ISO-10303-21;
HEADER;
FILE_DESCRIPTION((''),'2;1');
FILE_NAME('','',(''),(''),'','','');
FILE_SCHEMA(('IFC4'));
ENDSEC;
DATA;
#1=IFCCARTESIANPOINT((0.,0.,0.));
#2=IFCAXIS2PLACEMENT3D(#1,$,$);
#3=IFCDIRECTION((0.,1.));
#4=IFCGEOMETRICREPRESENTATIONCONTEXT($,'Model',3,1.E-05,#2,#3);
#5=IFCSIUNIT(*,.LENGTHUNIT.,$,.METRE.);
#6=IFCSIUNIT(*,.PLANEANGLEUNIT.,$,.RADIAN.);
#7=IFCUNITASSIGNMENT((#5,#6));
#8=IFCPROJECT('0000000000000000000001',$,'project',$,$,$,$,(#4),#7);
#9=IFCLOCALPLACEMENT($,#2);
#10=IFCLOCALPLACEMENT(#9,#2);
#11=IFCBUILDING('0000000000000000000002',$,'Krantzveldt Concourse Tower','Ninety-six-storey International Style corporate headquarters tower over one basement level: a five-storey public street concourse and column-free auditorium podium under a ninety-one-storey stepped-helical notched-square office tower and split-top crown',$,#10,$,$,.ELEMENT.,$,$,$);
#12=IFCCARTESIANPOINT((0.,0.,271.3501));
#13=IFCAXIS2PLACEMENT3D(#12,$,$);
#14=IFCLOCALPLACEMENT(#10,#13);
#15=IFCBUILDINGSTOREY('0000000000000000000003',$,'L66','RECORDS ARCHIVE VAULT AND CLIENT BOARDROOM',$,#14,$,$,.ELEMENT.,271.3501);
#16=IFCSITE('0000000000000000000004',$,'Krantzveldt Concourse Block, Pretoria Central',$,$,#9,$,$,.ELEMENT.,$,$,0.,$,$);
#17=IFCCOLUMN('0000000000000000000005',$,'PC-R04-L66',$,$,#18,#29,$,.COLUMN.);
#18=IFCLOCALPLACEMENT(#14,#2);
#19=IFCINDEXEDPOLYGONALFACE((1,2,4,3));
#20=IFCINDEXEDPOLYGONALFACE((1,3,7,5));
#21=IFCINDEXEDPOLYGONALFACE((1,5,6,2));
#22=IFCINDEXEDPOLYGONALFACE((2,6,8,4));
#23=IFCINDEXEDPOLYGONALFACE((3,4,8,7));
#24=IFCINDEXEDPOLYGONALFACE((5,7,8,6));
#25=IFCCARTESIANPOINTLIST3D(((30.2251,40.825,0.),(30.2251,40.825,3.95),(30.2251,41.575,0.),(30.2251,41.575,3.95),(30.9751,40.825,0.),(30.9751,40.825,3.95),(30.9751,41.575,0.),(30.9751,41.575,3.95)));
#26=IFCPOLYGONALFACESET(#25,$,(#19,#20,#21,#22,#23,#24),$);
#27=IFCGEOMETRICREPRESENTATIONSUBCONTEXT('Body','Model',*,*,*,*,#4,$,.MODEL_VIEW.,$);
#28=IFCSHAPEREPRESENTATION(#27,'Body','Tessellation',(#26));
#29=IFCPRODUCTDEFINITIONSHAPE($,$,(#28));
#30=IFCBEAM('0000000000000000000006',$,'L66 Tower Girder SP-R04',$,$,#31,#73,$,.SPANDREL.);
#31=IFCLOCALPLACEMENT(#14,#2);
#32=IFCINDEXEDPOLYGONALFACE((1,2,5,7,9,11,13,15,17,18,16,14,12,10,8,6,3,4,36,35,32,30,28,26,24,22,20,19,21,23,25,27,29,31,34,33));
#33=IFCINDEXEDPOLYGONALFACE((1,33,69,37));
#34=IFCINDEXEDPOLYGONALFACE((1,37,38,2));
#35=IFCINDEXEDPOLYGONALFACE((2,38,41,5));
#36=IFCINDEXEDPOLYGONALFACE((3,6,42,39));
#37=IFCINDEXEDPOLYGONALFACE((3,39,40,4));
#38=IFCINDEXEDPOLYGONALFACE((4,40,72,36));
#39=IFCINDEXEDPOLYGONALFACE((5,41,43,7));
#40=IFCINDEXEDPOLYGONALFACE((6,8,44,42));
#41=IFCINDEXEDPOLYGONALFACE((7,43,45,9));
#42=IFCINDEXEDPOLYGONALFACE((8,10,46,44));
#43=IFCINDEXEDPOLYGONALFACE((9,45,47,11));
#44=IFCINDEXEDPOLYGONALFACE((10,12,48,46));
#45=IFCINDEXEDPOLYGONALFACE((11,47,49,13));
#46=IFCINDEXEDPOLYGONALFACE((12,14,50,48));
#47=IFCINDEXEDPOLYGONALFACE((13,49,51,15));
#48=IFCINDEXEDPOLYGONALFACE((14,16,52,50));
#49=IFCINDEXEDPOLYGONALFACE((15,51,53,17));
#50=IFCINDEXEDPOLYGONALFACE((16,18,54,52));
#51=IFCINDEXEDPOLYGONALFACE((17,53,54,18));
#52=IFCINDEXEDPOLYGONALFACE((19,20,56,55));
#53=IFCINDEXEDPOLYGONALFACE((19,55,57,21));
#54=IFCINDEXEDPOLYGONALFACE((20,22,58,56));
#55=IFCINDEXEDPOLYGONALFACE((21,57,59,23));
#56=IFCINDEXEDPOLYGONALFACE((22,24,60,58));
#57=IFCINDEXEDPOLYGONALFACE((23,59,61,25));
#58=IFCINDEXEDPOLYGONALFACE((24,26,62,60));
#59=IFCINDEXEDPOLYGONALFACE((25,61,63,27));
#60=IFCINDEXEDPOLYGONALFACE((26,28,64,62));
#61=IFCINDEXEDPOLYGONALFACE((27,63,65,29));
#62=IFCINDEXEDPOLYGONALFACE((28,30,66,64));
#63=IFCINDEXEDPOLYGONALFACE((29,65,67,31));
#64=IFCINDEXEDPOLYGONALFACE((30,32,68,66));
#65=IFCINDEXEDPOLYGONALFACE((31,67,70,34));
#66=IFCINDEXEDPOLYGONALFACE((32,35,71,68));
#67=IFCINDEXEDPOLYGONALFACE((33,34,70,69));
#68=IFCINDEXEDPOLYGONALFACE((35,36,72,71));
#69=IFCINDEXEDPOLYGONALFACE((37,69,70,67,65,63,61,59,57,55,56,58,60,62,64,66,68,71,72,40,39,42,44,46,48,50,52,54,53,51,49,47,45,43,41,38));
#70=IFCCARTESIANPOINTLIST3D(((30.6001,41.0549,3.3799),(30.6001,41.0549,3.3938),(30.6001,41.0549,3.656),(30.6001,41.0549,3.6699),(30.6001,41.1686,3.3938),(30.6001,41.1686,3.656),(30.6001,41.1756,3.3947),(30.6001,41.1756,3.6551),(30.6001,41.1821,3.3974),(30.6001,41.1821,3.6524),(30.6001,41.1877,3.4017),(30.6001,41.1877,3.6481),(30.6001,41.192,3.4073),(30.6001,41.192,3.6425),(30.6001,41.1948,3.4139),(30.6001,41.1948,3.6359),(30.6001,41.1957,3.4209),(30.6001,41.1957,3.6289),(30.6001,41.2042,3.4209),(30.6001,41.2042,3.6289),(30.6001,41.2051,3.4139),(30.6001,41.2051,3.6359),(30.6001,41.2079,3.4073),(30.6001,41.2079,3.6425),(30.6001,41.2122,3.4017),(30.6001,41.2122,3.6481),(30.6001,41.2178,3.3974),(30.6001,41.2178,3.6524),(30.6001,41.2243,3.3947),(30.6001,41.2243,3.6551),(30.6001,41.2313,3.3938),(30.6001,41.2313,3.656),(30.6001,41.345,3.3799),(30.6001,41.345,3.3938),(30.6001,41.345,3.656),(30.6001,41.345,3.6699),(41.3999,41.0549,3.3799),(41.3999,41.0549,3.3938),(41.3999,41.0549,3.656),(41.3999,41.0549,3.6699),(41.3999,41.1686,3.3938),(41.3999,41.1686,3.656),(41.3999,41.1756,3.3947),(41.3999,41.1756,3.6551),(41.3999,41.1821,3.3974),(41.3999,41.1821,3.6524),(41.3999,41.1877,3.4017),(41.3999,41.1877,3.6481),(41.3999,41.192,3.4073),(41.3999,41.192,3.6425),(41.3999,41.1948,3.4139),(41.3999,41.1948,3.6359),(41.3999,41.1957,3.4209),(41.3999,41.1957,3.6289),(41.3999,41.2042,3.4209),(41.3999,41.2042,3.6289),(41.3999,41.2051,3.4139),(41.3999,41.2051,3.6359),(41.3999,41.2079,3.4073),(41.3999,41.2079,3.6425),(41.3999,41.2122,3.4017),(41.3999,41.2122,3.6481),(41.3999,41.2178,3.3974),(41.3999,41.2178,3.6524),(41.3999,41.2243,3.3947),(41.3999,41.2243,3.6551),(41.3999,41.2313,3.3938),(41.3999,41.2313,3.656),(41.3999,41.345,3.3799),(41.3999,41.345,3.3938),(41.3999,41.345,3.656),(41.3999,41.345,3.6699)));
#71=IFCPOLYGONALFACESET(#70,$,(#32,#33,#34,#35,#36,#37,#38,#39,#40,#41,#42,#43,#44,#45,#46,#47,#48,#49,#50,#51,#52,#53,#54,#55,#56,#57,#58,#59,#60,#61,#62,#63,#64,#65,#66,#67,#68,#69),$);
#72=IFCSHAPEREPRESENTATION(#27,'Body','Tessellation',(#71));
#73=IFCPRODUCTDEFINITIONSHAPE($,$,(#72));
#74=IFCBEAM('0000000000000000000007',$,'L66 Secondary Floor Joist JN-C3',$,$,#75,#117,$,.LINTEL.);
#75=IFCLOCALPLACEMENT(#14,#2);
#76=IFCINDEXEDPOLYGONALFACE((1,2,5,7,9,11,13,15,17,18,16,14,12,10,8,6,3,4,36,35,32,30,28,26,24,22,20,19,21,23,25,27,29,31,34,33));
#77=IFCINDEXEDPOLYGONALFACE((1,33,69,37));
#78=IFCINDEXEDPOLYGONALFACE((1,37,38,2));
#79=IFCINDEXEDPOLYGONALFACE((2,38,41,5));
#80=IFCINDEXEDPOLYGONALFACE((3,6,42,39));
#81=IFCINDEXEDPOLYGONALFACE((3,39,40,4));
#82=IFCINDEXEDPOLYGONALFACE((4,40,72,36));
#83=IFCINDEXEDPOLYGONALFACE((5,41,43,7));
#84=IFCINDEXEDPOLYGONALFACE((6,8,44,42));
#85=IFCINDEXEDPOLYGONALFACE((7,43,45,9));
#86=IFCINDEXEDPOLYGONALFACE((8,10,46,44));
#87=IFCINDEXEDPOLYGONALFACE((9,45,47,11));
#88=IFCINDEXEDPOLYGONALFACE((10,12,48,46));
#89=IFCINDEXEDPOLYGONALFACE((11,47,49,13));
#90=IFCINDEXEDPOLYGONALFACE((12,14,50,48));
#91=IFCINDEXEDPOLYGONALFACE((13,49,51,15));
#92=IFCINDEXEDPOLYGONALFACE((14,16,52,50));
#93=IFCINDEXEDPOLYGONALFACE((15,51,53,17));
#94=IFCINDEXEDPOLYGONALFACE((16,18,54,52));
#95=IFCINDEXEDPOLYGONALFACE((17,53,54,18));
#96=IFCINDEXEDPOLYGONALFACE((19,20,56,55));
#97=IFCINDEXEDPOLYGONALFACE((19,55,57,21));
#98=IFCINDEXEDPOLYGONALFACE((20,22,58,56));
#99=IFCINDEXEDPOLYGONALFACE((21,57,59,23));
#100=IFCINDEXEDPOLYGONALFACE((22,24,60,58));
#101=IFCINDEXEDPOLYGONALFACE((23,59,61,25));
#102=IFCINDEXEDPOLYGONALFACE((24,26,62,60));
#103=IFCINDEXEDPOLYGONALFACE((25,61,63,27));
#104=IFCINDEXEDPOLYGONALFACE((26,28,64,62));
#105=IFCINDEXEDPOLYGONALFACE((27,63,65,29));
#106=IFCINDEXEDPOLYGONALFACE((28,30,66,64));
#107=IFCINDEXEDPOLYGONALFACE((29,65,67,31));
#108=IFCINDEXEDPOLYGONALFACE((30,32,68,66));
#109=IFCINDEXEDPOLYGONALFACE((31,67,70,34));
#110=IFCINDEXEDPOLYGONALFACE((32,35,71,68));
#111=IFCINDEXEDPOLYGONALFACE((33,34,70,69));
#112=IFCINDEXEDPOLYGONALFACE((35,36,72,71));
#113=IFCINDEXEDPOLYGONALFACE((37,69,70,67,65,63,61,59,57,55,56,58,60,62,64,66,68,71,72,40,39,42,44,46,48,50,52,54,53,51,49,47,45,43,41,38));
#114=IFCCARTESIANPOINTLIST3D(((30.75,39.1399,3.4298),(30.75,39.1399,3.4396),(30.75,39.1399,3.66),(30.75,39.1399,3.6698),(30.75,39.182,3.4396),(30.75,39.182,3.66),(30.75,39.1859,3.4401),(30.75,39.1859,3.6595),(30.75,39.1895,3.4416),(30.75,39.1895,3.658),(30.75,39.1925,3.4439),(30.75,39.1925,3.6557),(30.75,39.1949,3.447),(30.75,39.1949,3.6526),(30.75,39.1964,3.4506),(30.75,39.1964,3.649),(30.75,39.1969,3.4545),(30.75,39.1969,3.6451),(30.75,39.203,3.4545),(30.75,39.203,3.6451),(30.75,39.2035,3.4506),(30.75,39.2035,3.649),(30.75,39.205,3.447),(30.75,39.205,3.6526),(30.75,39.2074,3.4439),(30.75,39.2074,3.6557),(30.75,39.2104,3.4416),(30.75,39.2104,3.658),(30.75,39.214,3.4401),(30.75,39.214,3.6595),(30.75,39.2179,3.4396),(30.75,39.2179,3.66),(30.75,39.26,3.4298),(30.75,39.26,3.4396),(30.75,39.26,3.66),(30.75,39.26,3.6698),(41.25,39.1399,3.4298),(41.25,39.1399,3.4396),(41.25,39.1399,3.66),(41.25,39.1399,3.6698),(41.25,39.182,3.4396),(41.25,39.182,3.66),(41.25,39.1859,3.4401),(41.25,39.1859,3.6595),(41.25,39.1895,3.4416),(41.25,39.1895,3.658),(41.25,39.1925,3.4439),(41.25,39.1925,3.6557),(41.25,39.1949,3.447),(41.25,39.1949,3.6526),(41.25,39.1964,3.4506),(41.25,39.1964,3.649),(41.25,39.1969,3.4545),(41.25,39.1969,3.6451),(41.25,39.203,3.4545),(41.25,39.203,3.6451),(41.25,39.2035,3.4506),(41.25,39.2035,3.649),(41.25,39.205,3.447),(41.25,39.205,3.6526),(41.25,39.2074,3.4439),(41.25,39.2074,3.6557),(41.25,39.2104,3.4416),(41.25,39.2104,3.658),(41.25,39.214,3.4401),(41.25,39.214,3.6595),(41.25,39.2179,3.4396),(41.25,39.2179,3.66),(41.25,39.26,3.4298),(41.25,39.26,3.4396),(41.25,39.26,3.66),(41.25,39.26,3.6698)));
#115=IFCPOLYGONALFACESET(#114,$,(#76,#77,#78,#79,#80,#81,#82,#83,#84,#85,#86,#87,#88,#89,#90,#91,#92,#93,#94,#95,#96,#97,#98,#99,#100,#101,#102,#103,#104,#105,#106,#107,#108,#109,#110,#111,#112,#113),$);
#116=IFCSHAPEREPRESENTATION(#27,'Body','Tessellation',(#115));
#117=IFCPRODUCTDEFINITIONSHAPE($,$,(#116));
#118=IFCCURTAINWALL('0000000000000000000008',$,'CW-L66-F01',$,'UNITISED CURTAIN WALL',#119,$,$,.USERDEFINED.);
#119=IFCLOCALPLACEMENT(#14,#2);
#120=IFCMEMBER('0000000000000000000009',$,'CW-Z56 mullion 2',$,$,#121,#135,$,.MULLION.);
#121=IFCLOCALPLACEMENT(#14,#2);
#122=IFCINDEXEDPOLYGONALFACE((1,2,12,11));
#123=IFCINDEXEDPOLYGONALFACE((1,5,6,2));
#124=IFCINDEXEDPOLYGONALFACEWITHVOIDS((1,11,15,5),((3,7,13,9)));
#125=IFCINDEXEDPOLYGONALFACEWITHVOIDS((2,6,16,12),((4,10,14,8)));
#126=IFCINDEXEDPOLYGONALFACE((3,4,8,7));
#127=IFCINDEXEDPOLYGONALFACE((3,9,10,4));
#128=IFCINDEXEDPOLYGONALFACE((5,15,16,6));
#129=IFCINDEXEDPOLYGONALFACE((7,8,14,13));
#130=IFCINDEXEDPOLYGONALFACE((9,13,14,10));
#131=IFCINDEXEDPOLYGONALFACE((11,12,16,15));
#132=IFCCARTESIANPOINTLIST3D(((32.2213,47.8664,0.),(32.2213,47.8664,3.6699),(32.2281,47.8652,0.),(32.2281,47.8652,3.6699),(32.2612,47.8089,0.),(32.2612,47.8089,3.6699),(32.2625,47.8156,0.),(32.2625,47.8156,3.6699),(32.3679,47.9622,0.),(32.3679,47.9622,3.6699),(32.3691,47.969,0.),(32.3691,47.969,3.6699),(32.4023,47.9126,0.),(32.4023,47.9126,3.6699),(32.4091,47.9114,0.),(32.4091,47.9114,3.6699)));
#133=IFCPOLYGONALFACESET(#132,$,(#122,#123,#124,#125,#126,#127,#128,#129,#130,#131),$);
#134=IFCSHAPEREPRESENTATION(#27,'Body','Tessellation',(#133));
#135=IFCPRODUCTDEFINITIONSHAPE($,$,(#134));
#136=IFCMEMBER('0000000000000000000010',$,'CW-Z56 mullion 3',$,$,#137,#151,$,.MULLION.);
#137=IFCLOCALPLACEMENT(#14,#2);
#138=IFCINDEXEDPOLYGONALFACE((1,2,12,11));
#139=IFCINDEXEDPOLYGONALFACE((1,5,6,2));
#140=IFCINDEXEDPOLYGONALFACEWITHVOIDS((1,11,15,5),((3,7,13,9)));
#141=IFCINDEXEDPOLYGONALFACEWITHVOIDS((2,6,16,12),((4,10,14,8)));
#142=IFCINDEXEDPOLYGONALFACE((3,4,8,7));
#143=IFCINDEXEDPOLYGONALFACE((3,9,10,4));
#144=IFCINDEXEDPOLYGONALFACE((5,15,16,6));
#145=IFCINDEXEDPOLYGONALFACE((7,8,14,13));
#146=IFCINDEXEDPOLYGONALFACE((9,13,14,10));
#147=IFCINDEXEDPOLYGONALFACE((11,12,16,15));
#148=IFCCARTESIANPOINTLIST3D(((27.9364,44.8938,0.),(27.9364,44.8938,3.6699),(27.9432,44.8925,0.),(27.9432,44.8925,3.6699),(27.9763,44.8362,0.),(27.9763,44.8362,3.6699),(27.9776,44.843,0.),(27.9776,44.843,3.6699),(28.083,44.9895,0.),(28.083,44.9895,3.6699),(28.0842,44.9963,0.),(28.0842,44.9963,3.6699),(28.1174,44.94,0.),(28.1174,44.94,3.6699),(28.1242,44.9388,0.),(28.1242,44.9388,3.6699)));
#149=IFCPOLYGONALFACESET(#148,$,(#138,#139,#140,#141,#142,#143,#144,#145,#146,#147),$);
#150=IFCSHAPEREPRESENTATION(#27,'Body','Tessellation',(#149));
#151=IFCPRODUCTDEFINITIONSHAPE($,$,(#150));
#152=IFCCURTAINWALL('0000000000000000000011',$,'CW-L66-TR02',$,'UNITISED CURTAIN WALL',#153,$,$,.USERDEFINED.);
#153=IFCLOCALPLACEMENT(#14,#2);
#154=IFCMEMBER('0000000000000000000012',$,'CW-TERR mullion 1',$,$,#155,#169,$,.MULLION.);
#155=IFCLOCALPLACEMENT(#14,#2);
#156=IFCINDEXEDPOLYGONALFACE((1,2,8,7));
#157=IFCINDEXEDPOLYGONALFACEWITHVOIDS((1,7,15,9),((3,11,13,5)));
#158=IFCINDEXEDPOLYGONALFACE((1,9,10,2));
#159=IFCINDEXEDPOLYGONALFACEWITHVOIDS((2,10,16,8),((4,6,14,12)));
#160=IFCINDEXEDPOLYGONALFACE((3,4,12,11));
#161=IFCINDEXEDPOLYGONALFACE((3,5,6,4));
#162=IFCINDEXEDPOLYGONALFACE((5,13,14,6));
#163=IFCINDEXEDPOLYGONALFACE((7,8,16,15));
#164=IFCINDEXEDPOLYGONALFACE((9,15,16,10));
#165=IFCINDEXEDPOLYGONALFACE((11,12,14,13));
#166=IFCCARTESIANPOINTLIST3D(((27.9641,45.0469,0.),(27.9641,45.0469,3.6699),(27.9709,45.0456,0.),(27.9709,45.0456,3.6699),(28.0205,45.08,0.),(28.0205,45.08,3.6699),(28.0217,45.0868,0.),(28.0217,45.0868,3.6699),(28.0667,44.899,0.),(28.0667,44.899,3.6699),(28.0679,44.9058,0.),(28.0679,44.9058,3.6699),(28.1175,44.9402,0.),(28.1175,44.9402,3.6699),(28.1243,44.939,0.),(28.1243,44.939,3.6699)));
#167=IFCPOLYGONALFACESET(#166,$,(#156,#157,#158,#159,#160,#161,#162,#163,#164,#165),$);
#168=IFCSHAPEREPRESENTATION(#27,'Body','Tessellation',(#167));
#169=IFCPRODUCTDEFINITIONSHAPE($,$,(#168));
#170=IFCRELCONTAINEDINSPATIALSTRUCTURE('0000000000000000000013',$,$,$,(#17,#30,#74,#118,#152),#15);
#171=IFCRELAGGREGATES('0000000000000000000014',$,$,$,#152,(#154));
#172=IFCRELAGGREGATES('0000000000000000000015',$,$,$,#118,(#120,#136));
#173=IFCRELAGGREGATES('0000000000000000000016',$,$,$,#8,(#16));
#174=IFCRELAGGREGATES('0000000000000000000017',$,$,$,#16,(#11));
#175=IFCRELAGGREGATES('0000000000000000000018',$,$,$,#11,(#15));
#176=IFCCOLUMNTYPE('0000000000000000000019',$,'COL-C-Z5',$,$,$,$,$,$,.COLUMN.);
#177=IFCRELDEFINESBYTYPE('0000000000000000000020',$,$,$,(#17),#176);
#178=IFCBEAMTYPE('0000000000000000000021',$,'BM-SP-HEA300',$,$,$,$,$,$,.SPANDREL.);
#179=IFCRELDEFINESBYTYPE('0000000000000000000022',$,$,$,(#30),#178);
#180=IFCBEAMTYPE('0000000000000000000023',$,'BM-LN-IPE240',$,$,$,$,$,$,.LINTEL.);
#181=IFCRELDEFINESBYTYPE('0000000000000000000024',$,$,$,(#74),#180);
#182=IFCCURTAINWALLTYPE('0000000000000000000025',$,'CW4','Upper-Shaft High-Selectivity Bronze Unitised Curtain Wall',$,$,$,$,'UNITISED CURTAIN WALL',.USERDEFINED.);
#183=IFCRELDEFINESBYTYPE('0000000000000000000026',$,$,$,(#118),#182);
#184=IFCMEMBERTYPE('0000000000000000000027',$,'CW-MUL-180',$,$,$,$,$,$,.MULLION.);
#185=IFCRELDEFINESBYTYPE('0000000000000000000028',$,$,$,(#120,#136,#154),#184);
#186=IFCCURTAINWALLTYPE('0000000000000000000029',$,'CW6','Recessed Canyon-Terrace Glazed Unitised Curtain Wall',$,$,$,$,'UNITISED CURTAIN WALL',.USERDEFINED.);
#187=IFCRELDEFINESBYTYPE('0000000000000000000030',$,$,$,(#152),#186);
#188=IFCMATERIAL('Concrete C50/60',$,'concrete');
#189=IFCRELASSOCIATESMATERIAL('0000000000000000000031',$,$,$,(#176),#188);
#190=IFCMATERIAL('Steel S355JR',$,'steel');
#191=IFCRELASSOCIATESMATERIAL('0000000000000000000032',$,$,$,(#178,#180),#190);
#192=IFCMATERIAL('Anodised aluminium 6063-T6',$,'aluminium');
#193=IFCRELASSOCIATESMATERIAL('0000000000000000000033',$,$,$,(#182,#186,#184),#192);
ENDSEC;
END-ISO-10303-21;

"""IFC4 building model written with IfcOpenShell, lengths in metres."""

from ifc_helpers import new_model, si_unit, direction, frame, origin, origin_2d, place, context, subcontext, project, spatial, rectangle, hollow_rectangle, i_section, extrude, source, transform, mapped, material, material_profile, profile_set, type_object, type_shapes, element, aggregate, save


model = new_model("IFC4")

# Units and contexts
model_context = context("Model", 3, precision=1e-05, world=origin(), true_north=direction((0.0, 1.0)))
body_context = subcontext(model_context, "Body", "Model", "MODEL_VIEW")
ifc_project = project(units=[si_unit("LENGTHUNIT", "METRE"), si_unit("PLANEANGLEUNIT", "RADIAN")], contexts=[model_context])

# Site, building, storey
site_placement = place(None, origin())
site = spatial("IfcSite", under=ifc_project, at=site_placement, Name="Krantzveldt Concourse Block, Pretoria Central", CompositionType="ELEMENT", RefElevation=0.0)
building_placement = place(site_placement, origin())
building = spatial("IfcBuilding", under=site, at=building_placement, Name="Krantzveldt Concourse Tower", Description="Ninety-six-storey International Style corporate headquarters tower over one basement level: a five-storey public street concourse and column-free auditorium podium under a ninety-one-storey stepped-helical notched-square office tower and split-top crown", CompositionType="ELEMENT")
storey_placement = place(building_placement, frame((0.0, 0.0, 271.3501)))
storey = spatial("IfcBuildingStorey", under=building, at=storey_placement, Name="L66", Description="RECORDS ARCHIVE VAULT AND CLIENT BOARDROOM", CompositionType="ELEMENT", Elevation=271.3501)

# Column
ifc_material_1 = material(Name="Concrete C50/60", Category="concrete")
ifc_material_profile_1 = material_profile(ifc_material_1, rectangle(XDim=0.75, YDim=0.75, at=origin_2d()), Name="Concrete C50/60", Category="concrete")
ifc_profile_set_1 = profile_set([ifc_material_profile_1], Name="Concrete C50/60 - RC 750x750")
column_type = type_object("IfcColumnType", Name="COL-C-Z5", PredefinedType="COLUMN", material=ifc_profile_set_1)
shared_shape_1 = source(origin(), body_context, "Body", "SweptSolid", [
    extrude(rectangle(XDim=0.75, YDim=0.75, at=origin_2d()), origin(), (0.0, 0.0, 1.0), 3.95),
])
type_shapes(column_type, [shared_shape_1])
column_placement = place(storey_placement, frame((30.6001, 41.2, 0.0), z_axis=(0.0, 0.0, 1.0), x_axis=(1.0, 0.0, 0.0)))
element("IfcColumn", 1, at=column_placement, inside=storey, type_object=column_type, Name="PC-R04-L66", PredefinedType="COLUMN", context=body_context, shape_type="MappedRepresentation", body=[
    mapped(shared_shape_1, transform((0.0, 0.0, 0.0), x_axis=(1.0, 0.0, 0.0), y_axis=(0.0, 1.0, 0.0), z_axis=(0.0, 0.0, 1.0), scale=1.0)),
])

# Beams
ifc_material_2 = material(Name="Steel S355JR", Category="steel")
ifc_material_profile_2 = material_profile(ifc_material_2, i_section(OverallWidth=0.29, OverallDepth=0.29, WebThickness=0.0085, FlangeThickness=0.0139, FilletRadius=0.0271, at=origin_2d()), Name="Steel S355JR", Category="steel")
ifc_profile_set_2 = profile_set([ifc_material_profile_2], Name="Steel S355JR - HEA 300")
beam_type_1 = type_object("IfcBeamType", Name="BM-SP-HEA300", PredefinedType="SPANDREL", material=ifc_profile_set_2)
shared_shape_2 = source(origin(), body_context, "Body", "SweptSolid", [
    extrude(i_section(OverallWidth=0.29, OverallDepth=0.29, WebThickness=0.0085, FlangeThickness=0.0139, FilletRadius=0.0271, at=origin_2d()), origin(), (0.0, 0.0, 1.0), 10.7998),
])
type_shapes(beam_type_1, [shared_shape_2])
beam_1_placement = place(storey_placement, frame((30.6001, 41.2, 3.5249), z_axis=(1.0, 0.0, 0.0), x_axis=(0.0, 1.0, 0.0)))
element("IfcBeam", 2, at=beam_1_placement, inside=storey, type_object=beam_type_1, Name="L66 Tower Girder SP-R04", PredefinedType="SPANDREL", context=body_context, shape_type="MappedRepresentation", body=[
    mapped(shared_shape_2, transform((0.0, 0.0, 0.0), x_axis=(1.0, 0.0, 0.0), y_axis=(0.0, 1.0, 0.0), z_axis=(0.0, 0.0, 1.0), scale=1.0)),
])
ifc_material_profile_3 = material_profile(ifc_material_2, i_section(OverallWidth=0.1201, OverallDepth=0.24, WebThickness=0.0061, FlangeThickness=0.0098, FilletRadius=0.0149, at=origin_2d()), Name="Steel S355JR", Category="steel")
ifc_profile_set_3 = profile_set([ifc_material_profile_3], Name="Steel S355JR - IPE 240")
beam_type_2 = type_object("IfcBeamType", Name="BM-LN-IPE240", PredefinedType="LINTEL", material=ifc_profile_set_3)
shared_shape_3 = source(origin(), body_context, "Body", "SweptSolid", [
    extrude(i_section(OverallWidth=0.1201, OverallDepth=0.24, WebThickness=0.0061, FlangeThickness=0.0098, FilletRadius=0.0149, at=origin_2d()), origin(), (0.0, 0.0, 1.0), 10.5),
])
type_shapes(beam_type_2, [shared_shape_3])
beam_2_placement = place(storey_placement, frame((30.75, 39.2, 3.5498), z_axis=(1.0, 0.0, 0.0), x_axis=(0.0, 1.0, 0.0)))
element("IfcBeam", 3, at=beam_2_placement, inside=storey, type_object=beam_type_2, Name="L66 Secondary Floor Joist JN-C3", PredefinedType="LINTEL", context=body_context, shape_type="MappedRepresentation", body=[
    mapped(shared_shape_3, transform((0.0, 0.0, 0.0), x_axis=(1.0, 0.0, 0.0), y_axis=(0.0, 1.0, 0.0), z_axis=(0.0, 0.0, 1.0), scale=1.0)),
])

# Curtain walls, members
ifc_material_3 = material(Name="Anodised aluminium 6063-T6", Category="aluminium")
curtain_wall_type_1 = type_object("IfcCurtainWallType", Name="CW4", Description="Upper-Shaft High-Selectivity Bronze Unitised Curtain Wall", ElementType="UNITISED CURTAIN WALL", PredefinedType="USERDEFINED", material=ifc_material_3)
curtain_wall_1_placement = place(storey_placement, origin())
curtain_wall_1 = element("IfcCurtainWall", 4, at=curtain_wall_1_placement, inside=storey, type_object=curtain_wall_type_1, Name="CW-L66-F01", ObjectType="UNITISED CURTAIN WALL", PredefinedType="USERDEFINED")
ifc_material_profile_4 = material_profile(ifc_material_3, hollow_rectangle(XDim=0.0701, YDim=0.1799, WallThickness=0.0049, at=origin_2d()), Name="Anodised aluminium 6063-T6", Category="aluminium")
ifc_profile_set_4 = profile_set([ifc_material_profile_4], Name="Anodised aluminium 6063-T6 - ALU-MULL 180x70x5")
member_type_1 = type_object("IfcMemberType", Name="CW-MUL-180", PredefinedType="MULLION", material=ifc_profile_set_4)
shared_shape_4 = source(origin(), body_context, "Body", "SweptSolid", [
    extrude(hollow_rectangle(XDim=0.0701, YDim=0.1799, WallThickness=0.0049, at=origin_2d()), origin(), (0.0, 0.0, 1.0), 3.6699),
])
type_shapes(member_type_1, [shared_shape_4])
member_1_placement = place(storey_placement, frame((32.3152, 47.8889, 0.0), z_axis=(0.0, 0.0, 1.0), x_axis=(0.569997, -0.821647, 0.0)))
member_1 = element("IfcMember", 5, at=member_1_placement, type_object=member_type_1, Name="CW-Z56 mullion 2", PredefinedType="MULLION", context=body_context, shape_type="MappedRepresentation", body=[
    mapped(shared_shape_4, transform((0.0, 0.0, 0.0), x_axis=(1.0, 0.0, 0.0), y_axis=(0.0, 1.0, 0.0), z_axis=(0.0, 0.0, 1.0), scale=1.0)),
])
member_2_placement = place(storey_placement, frame((28.0303, 44.9163, 0.0), z_axis=(0.0, 0.0, 1.0), x_axis=(0.569997, -0.821647, 0.0)))
member_2 = element("IfcMember", 6, at=member_2_placement, type_object=member_type_1, Name="CW-Z56 mullion 3", PredefinedType="MULLION", context=body_context, shape_type="MappedRepresentation", body=[
    mapped(shared_shape_4, transform((0.0, 0.0, 0.0), x_axis=(1.0, 0.0, 0.0), y_axis=(0.0, 1.0, 0.0), z_axis=(0.0, 0.0, 1.0), scale=1.0)),
])
curtain_wall_type_2 = type_object("IfcCurtainWallType", Name="CW6", Description="Recessed Canyon-Terrace Glazed Unitised Curtain Wall", ElementType="UNITISED CURTAIN WALL", PredefinedType="USERDEFINED", material=ifc_material_3)
curtain_wall_2_placement = place(storey_placement, origin())
curtain_wall_2 = element("IfcCurtainWall", 7, at=curtain_wall_2_placement, inside=storey, type_object=curtain_wall_type_2, Name="CW-L66-TR02", ObjectType="UNITISED CURTAIN WALL", PredefinedType="USERDEFINED")
member_3_placement = place(storey_placement, frame((28.0442, 44.9929, 0.0), z_axis=(0.0, 0.0, 1.0), x_axis=(0.821646, 0.569998, 0.0)))
member_3 = element("IfcMember", 8, at=member_3_placement, type_object=member_type_1, Name="CW-TERR mullion 1", PredefinedType="MULLION", context=body_context, shape_type="MappedRepresentation", body=[
    mapped(shared_shape_4, transform((0.0, 0.0, 0.0), x_axis=(1.0, 0.0, 0.0), y_axis=(0.0, 1.0, 0.0), z_axis=(0.0, 0.0, 1.0), scale=1.0)),
])

aggregate(curtain_wall_2, [member_3])
aggregate(curtain_wall_1, [member_1, member_2])

save(model, "model.ifc")
